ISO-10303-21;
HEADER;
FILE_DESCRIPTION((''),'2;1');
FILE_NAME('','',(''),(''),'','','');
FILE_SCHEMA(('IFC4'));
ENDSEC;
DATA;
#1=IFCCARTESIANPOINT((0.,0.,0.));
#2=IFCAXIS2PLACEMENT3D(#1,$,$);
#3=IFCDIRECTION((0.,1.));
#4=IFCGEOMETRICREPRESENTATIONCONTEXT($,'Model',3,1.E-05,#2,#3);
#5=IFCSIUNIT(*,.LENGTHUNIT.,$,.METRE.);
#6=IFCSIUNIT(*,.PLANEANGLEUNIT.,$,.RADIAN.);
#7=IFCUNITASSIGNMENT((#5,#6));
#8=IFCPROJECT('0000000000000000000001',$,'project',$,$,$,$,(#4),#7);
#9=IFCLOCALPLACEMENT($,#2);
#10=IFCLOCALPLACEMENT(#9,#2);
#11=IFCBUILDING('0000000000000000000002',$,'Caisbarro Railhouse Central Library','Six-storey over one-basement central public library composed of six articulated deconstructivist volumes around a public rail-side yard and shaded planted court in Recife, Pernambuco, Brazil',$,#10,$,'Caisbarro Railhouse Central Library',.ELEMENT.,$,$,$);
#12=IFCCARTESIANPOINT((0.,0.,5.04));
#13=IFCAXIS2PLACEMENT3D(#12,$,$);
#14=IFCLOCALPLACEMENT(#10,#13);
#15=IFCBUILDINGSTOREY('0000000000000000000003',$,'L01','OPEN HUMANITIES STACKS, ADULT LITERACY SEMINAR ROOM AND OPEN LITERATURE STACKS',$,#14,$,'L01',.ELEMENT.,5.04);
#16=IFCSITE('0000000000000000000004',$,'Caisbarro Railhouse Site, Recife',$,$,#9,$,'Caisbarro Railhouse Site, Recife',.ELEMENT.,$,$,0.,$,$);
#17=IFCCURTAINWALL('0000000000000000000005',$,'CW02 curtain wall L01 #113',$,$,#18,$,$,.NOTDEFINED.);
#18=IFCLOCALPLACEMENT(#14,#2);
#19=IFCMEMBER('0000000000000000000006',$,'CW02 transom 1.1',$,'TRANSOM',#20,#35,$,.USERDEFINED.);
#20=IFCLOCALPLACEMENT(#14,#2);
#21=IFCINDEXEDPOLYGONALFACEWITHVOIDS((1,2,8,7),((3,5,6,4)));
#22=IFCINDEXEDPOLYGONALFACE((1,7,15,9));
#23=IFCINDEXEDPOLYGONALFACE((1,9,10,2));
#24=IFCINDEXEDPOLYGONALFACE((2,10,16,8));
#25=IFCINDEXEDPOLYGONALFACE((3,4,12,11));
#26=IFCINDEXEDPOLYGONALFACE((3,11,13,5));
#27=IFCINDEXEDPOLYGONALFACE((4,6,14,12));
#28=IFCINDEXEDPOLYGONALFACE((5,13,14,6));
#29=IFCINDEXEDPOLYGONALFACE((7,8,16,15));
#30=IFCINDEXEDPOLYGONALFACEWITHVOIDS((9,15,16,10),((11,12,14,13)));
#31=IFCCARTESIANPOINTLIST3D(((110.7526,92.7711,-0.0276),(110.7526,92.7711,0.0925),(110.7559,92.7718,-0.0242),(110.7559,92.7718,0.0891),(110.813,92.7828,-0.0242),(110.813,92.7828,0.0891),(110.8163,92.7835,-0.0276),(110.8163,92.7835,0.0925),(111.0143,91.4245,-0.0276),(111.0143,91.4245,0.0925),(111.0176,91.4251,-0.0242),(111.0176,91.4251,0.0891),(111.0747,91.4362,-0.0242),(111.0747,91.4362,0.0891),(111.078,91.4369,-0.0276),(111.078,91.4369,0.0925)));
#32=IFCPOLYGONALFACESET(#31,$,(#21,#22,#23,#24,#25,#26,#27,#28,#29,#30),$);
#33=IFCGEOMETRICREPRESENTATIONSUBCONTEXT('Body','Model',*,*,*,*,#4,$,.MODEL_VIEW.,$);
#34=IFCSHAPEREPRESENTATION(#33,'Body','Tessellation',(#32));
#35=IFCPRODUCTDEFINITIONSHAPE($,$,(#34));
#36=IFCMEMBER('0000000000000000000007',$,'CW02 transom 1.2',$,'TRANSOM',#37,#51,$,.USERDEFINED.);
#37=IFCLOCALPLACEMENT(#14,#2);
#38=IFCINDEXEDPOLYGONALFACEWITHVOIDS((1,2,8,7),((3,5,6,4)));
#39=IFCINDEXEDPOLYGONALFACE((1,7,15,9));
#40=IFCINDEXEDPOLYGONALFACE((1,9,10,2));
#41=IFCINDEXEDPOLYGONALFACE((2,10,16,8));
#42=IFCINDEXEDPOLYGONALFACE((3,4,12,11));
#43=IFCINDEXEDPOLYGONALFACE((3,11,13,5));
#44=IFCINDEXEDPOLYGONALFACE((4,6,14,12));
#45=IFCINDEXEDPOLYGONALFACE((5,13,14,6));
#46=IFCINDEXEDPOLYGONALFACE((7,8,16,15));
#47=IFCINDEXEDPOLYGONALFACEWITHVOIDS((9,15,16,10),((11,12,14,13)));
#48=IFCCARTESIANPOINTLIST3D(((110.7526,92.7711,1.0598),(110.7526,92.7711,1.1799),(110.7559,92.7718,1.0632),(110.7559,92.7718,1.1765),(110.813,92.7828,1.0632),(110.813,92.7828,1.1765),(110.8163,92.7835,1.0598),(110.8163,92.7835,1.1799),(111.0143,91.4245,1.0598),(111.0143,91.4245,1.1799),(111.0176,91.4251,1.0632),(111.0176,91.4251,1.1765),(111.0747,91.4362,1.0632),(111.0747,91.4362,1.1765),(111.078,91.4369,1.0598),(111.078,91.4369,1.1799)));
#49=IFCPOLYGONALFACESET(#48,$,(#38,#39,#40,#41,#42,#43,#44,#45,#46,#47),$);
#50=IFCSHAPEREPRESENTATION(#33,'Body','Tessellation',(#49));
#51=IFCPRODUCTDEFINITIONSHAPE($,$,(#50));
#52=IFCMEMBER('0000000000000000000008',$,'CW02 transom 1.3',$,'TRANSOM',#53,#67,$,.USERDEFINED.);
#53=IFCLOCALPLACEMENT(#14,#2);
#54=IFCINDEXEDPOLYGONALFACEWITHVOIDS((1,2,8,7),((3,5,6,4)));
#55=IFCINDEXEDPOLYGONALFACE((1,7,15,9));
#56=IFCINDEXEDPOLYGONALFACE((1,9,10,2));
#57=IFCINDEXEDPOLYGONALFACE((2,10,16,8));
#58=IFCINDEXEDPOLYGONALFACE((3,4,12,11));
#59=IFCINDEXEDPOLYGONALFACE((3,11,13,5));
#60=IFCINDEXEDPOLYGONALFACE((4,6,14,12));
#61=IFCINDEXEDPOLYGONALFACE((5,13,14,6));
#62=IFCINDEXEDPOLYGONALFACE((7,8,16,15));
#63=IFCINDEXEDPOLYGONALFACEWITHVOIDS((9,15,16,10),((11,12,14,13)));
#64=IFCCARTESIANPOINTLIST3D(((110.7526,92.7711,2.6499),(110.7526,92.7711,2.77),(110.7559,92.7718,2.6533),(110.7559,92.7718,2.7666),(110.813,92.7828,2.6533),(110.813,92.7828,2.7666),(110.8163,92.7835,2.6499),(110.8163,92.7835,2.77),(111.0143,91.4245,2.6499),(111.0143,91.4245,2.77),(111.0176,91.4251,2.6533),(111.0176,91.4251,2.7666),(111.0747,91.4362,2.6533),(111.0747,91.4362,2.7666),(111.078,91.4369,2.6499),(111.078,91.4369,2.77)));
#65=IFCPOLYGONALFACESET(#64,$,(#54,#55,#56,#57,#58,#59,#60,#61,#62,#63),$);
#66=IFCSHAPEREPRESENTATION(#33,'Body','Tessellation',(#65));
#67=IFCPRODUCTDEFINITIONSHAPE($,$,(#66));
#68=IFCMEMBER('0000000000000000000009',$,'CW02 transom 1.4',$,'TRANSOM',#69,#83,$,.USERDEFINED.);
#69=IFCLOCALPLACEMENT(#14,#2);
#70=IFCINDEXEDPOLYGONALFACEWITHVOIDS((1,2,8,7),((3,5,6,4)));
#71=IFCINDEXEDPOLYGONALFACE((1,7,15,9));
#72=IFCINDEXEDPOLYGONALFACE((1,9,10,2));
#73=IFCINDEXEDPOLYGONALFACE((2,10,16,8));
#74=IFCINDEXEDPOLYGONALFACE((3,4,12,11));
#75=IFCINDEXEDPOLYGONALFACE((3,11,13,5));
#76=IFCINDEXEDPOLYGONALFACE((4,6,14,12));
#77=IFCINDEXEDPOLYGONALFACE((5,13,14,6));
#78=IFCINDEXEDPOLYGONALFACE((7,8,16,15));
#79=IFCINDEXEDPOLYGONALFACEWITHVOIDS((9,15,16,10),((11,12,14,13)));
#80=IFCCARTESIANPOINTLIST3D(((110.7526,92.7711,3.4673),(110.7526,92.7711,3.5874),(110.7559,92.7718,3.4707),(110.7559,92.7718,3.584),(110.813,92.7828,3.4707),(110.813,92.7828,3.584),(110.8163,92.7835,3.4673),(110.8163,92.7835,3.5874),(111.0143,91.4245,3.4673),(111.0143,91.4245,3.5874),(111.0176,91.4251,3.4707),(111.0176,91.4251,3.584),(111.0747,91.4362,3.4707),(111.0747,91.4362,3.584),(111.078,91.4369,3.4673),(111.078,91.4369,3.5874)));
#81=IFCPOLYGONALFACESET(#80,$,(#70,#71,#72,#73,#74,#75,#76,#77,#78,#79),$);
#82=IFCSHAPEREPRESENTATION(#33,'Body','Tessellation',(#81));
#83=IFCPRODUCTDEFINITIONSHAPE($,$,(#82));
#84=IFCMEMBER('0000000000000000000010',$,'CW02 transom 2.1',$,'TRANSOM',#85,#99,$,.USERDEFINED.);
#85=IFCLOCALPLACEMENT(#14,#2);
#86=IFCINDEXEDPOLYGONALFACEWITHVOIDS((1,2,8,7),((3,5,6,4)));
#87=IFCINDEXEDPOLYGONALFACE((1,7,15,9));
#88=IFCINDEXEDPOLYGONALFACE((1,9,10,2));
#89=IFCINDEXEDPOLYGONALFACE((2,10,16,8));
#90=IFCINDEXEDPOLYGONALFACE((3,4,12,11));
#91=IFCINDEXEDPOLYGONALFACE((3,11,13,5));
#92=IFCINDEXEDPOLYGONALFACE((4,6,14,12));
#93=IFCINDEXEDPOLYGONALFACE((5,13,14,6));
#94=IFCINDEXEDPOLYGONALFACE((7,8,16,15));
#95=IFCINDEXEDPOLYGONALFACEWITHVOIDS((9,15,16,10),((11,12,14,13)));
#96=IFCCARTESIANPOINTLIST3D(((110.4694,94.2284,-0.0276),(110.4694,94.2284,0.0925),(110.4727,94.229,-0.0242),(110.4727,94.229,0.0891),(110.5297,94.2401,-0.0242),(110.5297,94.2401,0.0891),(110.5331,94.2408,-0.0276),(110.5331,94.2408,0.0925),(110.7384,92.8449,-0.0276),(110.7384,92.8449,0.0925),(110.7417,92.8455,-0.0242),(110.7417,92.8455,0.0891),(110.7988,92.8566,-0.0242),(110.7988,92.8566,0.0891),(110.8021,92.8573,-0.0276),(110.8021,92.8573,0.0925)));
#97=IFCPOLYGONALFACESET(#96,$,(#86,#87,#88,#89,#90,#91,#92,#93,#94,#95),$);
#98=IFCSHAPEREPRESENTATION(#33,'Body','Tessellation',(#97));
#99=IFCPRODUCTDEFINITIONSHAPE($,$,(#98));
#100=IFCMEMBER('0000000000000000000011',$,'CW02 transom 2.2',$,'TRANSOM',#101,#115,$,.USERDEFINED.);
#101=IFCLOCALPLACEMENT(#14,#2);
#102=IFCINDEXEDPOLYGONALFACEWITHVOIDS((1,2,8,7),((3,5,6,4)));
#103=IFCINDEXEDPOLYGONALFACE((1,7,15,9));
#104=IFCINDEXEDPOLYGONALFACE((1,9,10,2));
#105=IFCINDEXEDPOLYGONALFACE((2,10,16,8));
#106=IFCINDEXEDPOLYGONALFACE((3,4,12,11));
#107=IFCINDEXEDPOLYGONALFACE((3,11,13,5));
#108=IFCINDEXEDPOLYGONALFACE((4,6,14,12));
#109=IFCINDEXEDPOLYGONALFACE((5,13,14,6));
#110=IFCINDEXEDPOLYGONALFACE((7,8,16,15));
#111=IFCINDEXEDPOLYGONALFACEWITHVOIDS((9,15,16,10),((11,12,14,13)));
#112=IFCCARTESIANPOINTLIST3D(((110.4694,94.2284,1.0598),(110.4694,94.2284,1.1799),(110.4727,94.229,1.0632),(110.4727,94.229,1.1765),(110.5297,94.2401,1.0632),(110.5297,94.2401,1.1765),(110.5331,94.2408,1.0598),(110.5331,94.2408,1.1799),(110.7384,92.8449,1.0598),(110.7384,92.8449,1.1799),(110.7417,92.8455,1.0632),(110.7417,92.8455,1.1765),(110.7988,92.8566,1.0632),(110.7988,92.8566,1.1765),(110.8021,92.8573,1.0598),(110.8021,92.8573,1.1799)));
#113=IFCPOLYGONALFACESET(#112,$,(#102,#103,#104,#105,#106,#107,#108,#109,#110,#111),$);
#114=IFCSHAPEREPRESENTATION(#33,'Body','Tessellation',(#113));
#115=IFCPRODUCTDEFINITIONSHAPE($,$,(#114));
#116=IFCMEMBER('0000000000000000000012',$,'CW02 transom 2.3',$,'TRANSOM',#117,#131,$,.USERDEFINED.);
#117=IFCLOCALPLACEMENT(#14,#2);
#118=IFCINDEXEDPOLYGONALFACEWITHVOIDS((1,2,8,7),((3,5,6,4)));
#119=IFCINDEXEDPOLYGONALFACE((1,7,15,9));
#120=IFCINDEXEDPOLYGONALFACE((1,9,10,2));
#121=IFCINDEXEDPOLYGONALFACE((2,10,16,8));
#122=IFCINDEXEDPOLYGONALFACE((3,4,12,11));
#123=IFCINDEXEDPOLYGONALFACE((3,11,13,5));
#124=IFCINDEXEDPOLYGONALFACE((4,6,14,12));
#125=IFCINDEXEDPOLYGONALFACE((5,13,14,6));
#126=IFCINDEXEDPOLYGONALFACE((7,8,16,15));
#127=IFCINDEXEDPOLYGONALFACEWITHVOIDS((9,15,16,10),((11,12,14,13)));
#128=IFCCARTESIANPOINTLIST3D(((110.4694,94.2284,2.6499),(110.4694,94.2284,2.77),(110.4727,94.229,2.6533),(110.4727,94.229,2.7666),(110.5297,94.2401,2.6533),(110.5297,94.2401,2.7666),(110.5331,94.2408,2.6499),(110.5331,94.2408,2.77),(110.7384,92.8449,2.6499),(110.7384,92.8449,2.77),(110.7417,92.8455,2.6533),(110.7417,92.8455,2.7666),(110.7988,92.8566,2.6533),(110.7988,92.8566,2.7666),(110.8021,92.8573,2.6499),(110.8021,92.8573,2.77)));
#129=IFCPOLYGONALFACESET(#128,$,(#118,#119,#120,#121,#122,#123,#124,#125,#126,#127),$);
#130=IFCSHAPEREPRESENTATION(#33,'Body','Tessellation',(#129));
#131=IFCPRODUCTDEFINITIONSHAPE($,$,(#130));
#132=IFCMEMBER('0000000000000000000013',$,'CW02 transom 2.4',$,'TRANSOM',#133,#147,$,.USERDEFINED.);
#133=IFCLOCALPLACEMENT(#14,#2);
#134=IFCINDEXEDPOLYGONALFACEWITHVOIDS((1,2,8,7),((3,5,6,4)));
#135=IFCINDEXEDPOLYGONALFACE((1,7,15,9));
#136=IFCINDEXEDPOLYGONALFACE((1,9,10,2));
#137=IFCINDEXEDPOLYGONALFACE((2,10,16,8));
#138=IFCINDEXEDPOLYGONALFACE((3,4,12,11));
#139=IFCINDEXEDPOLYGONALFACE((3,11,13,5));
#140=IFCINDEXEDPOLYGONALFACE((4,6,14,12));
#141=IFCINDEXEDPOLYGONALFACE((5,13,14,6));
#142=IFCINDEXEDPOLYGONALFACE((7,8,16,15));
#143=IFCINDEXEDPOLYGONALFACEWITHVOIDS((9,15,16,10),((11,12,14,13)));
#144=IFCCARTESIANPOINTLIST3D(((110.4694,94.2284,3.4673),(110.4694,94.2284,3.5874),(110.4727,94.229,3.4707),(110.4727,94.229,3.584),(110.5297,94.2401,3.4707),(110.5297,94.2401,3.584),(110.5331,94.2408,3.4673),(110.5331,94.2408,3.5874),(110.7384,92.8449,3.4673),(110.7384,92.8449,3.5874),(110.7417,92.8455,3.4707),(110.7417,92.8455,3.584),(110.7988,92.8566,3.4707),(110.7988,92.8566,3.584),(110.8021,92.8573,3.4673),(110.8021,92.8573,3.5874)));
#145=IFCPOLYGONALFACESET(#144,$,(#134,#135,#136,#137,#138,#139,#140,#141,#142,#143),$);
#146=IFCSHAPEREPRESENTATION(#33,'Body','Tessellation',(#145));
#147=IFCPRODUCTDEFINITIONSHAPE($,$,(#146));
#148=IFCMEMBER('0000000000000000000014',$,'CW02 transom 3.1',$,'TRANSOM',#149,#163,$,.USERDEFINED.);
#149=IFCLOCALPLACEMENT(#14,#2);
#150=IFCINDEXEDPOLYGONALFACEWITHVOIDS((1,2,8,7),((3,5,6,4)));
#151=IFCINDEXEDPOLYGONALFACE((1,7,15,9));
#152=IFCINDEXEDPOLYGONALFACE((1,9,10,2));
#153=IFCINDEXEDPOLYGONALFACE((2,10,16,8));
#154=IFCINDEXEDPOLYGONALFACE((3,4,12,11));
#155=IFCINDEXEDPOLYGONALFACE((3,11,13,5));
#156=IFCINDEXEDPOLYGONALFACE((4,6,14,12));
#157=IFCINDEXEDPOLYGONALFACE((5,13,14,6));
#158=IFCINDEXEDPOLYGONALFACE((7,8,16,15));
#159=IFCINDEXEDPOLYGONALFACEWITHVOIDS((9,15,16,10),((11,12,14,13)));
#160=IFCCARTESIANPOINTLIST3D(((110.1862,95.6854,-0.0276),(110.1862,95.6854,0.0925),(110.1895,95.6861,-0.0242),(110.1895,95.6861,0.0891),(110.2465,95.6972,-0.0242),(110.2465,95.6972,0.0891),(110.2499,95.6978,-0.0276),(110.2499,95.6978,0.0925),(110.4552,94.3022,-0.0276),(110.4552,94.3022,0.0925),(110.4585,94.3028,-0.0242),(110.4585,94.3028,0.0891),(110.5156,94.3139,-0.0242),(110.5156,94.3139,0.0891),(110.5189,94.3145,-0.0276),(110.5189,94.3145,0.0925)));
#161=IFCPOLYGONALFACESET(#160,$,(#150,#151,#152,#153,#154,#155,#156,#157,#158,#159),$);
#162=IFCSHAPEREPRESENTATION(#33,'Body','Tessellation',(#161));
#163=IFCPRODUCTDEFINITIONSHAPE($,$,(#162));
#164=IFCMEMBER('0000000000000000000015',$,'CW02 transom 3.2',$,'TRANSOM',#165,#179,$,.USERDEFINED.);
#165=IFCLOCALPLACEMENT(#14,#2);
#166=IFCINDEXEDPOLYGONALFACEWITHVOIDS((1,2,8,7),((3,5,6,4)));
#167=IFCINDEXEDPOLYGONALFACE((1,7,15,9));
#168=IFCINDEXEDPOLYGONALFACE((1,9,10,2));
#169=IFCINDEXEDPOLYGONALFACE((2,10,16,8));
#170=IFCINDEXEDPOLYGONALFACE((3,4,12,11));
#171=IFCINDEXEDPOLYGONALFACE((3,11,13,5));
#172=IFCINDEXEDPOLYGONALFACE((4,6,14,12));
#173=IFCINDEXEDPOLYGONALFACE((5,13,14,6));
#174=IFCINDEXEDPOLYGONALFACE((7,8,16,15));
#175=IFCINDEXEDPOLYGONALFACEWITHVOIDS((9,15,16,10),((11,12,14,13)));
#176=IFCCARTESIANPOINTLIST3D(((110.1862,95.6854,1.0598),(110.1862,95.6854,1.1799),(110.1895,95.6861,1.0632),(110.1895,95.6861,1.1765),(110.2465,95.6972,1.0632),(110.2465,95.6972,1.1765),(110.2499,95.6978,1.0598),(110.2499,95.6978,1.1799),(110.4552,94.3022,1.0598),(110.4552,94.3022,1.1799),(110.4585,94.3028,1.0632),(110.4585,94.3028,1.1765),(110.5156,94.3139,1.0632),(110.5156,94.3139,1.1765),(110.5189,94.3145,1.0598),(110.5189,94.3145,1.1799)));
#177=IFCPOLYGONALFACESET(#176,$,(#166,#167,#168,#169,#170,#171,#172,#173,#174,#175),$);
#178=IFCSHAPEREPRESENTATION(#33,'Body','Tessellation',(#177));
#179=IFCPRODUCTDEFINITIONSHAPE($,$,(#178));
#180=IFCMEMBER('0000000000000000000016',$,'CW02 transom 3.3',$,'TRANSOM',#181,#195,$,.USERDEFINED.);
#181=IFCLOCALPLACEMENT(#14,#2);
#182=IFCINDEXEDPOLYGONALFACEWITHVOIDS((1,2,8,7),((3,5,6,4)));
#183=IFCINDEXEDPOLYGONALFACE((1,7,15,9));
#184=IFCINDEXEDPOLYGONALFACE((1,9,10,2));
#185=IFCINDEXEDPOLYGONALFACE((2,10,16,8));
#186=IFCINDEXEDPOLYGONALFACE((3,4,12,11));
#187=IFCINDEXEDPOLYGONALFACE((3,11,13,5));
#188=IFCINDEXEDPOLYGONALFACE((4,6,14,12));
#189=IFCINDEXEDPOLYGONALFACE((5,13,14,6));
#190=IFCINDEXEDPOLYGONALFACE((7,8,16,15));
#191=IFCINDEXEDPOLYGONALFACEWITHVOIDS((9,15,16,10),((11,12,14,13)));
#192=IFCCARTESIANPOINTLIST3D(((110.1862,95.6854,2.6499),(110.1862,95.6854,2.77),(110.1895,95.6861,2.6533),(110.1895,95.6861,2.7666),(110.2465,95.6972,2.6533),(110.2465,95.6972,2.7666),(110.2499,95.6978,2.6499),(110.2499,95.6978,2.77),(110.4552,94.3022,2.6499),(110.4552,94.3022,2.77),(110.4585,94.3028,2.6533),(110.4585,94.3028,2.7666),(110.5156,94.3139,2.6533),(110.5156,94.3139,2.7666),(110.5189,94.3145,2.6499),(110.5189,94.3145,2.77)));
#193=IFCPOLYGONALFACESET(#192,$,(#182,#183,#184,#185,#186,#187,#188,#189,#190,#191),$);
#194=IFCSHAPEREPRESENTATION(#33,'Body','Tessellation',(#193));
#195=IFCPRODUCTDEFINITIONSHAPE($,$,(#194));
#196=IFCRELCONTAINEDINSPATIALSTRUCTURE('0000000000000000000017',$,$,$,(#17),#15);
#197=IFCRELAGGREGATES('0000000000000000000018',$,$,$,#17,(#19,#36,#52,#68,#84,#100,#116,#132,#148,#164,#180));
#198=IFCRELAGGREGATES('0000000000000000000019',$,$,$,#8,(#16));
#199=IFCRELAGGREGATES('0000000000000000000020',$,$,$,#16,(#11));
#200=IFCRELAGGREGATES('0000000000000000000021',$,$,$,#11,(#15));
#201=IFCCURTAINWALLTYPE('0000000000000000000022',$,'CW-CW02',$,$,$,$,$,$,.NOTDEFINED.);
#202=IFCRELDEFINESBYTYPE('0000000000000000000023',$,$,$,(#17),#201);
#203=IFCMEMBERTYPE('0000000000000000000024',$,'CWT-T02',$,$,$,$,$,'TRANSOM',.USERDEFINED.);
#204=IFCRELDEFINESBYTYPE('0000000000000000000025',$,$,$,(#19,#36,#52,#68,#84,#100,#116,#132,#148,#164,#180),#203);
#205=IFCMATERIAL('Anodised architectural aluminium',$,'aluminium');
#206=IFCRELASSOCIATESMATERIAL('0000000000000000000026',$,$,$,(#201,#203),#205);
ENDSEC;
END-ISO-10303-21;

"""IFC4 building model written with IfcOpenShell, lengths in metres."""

from ifc_helpers import new_model, si_unit, direction, frame, origin, origin_2d, place, context, subcontext, project, spatial, hollow_rectangle, extrude, material, material_profile, profile_set, type_object, element, aggregate, save


model = new_model("IFC4")

# Units and contexts
model_context = context("Model", 3, precision=1e-05, world=origin(), true_north=direction((0.0, 1.0)))
body_context = subcontext(model_context, "Body", "Model", "MODEL_VIEW")
ifc_project = project(units=[si_unit("LENGTHUNIT", "METRE"), si_unit("PLANEANGLEUNIT", "RADIAN")], contexts=[model_context])

# Site, building, storey
site_placement = place(None, origin())
site = spatial("IfcSite", under=ifc_project, at=site_placement, Name="Caisbarro Railhouse Site, Recife", LongName="Caisbarro Railhouse Site, Recife", CompositionType="ELEMENT", RefElevation=0.0)
building_placement = place(site_placement, origin())
building = spatial("IfcBuilding", under=site, at=building_placement, Name="Caisbarro Railhouse Central Library", Description="Six-storey over one-basement central public library composed of six articulated deconstructivist volumes around a public rail-side yard and shaded planted court in Recife, Pernambuco, Brazil", LongName="Caisbarro Railhouse Central Library", CompositionType="ELEMENT")
storey_placement = place(building_placement, frame((0.0, 0.0, 5.04)))
storey = spatial("IfcBuildingStorey", under=building, at=storey_placement, Name="L01", Description="OPEN HUMANITIES STACKS, ADULT LITERACY SEMINAR ROOM AND OPEN LITERATURE STACKS", LongName="L01", CompositionType="ELEMENT", Elevation=5.04)

# Curtain wall, members
ifc_material_1 = material(Name="Anodised architectural aluminium", Category="aluminium")
curtain_wall_type = type_object("IfcCurtainWallType", Name="CW-CW02", PredefinedType="NOTDEFINED", material=ifc_material_1)
curtain_wall_placement = place(storey_placement, origin())
curtain_wall = element("IfcCurtainWall", 1, at=curtain_wall_placement, inside=storey, type_object=curtain_wall_type, Name="CW02 curtain wall L01 #113", PredefinedType="NOTDEFINED")
ifc_material_profile_1 = material_profile(ifc_material_1, hollow_rectangle(XDim=0.0649, YDim=0.1201, WallThickness=0.0034, at=origin_2d()), Name="ALU-TRN-65X120")
ifc_profile_set_1 = profile_set([ifc_material_profile_1], Name="Anodised architectural aluminium")
member_type_1 = type_object("IfcMemberType", Name="CWT-T02", ElementType="TRANSOM", PredefinedType="USERDEFINED", material=ifc_profile_set_1)
member_1_placement = place(storey_placement, frame((111.0461, 91.4307, 0.0325), z_axis=(-0.190774, 0.981634, 0.0), x_axis=(-0.981634, -0.190774, 0.0)))
member_1 = element("IfcMember", 2, at=member_1_placement, type_object=member_type_1, Name="CW02 transom 1.1", ObjectType="TRANSOM", PredefinedType="USERDEFINED", context=body_context, shape_type="SweptSolid", body=[
    extrude(hollow_rectangle(XDim=0.0649, YDim=0.1201, WallThickness=0.0034, at=origin_2d()), origin(), (0.0, 0.0, 1.0), 1.3718),
])
member_2_placement = place(storey_placement, frame((111.0461, 91.4307, 1.1199), z_axis=(-0.190774, 0.981634, 0.0), x_axis=(-0.981634, -0.190774, 0.0)))
member_2 = element("IfcMember", 3, at=member_2_placement, type_object=member_type_1, Name="CW02 transom 1.2", ObjectType="TRANSOM", PredefinedType="USERDEFINED", context=body_context, shape_type="SweptSolid", body=[
    extrude(hollow_rectangle(XDim=0.0649, YDim=0.1201, WallThickness=0.0034, at=origin_2d()), origin(), (0.0, 0.0, 1.0), 1.3718),
])
member_3_placement = place(storey_placement, frame((111.0461, 91.4307, 2.71), z_axis=(-0.190774, 0.981634, 0.0), x_axis=(-0.981634, -0.190774, 0.0)))
member_3 = element("IfcMember", 4, at=member_3_placement, type_object=member_type_1, Name="CW02 transom 1.3", ObjectType="TRANSOM", PredefinedType="USERDEFINED", context=body_context, shape_type="SweptSolid", body=[
    extrude(hollow_rectangle(XDim=0.0649, YDim=0.1201, WallThickness=0.0034, at=origin_2d()), origin(), (0.0, 0.0, 1.0), 1.3718),
])
member_4_placement = place(storey_placement, frame((111.0461, 91.4307, 3.5273), z_axis=(-0.190774, 0.981634, 0.0), x_axis=(-0.981634, -0.190774, 0.0)))
member_4 = element("IfcMember", 5, at=member_4_placement, type_object=member_type_1, Name="CW02 transom 1.4", ObjectType="TRANSOM", PredefinedType="USERDEFINED", context=body_context, shape_type="SweptSolid", body=[
    extrude(hollow_rectangle(XDim=0.0649, YDim=0.1201, WallThickness=0.0034, at=origin_2d()), origin(), (0.0, 0.0, 1.0), 1.3718),
])
member_5_placement = place(storey_placement, frame((110.7703, 92.8511, 0.0325), z_axis=(-0.190884, 0.981613, 0.0), x_axis=(-0.981613, -0.190884, 0.0)))
member_5 = element("IfcMember", 6, at=member_5_placement, type_object=member_type_1, Name="CW02 transom 2.1", ObjectType="TRANSOM", PredefinedType="USERDEFINED", context=body_context, shape_type="SweptSolid", body=[
    extrude(hollow_rectangle(XDim=0.0649, YDim=0.1201, WallThickness=0.0034, at=origin_2d()), origin(), (0.0, 0.0, 1.0), 1.4094),
])
member_6_placement = place(storey_placement, frame((110.7703, 92.8511, 1.1199), z_axis=(-0.190884, 0.981613, 0.0), x_axis=(-0.981613, -0.190884, 0.0)))
member_6 = element("IfcMember", 7, at=member_6_placement, type_object=member_type_1, Name="CW02 transom 2.2", ObjectType="TRANSOM", PredefinedType="USERDEFINED", context=body_context, shape_type="SweptSolid", body=[
    extrude(hollow_rectangle(XDim=0.0649, YDim=0.1201, WallThickness=0.0034, at=origin_2d()), origin(), (0.0, 0.0, 1.0), 1.4094),
])
member_7_placement = place(storey_placement, frame((110.7703, 92.8511, 2.71), z_axis=(-0.190884, 0.981613, 0.0), x_axis=(-0.981613, -0.190884, 0.0)))
member_7 = element("IfcMember", 8, at=member_7_placement, type_object=member_type_1, Name="CW02 transom 2.3", ObjectType="TRANSOM", PredefinedType="USERDEFINED", context=body_context, shape_type="SweptSolid", body=[
    extrude(hollow_rectangle(XDim=0.0649, YDim=0.1201, WallThickness=0.0034, at=origin_2d()), origin(), (0.0, 0.0, 1.0), 1.4094),
])
member_8_placement = place(storey_placement, frame((110.7703, 92.8511, 3.5273), z_axis=(-0.190884, 0.981613, 0.0), x_axis=(-0.981613, -0.190884, 0.0)))
member_8 = element("IfcMember", 9, at=member_8_placement, type_object=member_type_1, Name="CW02 transom 2.4", ObjectType="TRANSOM", PredefinedType="USERDEFINED", context=body_context, shape_type="SweptSolid", body=[
    extrude(hollow_rectangle(XDim=0.0649, YDim=0.1201, WallThickness=0.0034, at=origin_2d()), origin(), (0.0, 0.0, 1.0), 1.4094),
])
member_9_placement = place(storey_placement, frame((110.4871, 94.3083, 0.0325), z_axis=(-0.190916, 0.981606, 0.0), x_axis=(-0.981606, -0.190916, 0.0)))
member_9 = element("IfcMember", 10, at=member_9_placement, type_object=member_type_1, Name="CW02 transom 3.1", ObjectType="TRANSOM", PredefinedType="USERDEFINED", context=body_context, shape_type="SweptSolid", body=[
    extrude(hollow_rectangle(XDim=0.0649, YDim=0.1201, WallThickness=0.0034, at=origin_2d()), origin(), (0.0, 0.0, 1.0), 1.4092),
])
member_10_placement = place(storey_placement, frame((110.4871, 94.3083, 1.1199), z_axis=(-0.190916, 0.981606, 0.0), x_axis=(-0.981606, -0.190916, 0.0)))
member_10 = element("IfcMember", 11, at=member_10_placement, type_object=member_type_1, Name="CW02 transom 3.2", ObjectType="TRANSOM", PredefinedType="USERDEFINED", context=body_context, shape_type="SweptSolid", body=[
    extrude(hollow_rectangle(XDim=0.0649, YDim=0.1201, WallThickness=0.0034, at=origin_2d()), origin(), (0.0, 0.0, 1.0), 1.4092),
])
member_11_placement = place(storey_placement, frame((110.4871, 94.3083, 2.71), z_axis=(-0.190916, 0.981606, 0.0), x_axis=(-0.981606, -0.190916, 0.0)))
member_11 = element("IfcMember", 12, at=member_11_placement, type_object=member_type_1, Name="CW02 transom 3.3", ObjectType="TRANSOM", PredefinedType="USERDEFINED", context=body_context, shape_type="SweptSolid", body=[
    extrude(hollow_rectangle(XDim=0.0649, YDim=0.1201, WallThickness=0.0034, at=origin_2d()), origin(), (0.0, 0.0, 1.0), 1.4092),
])
aggregate(curtain_wall, [member_1, member_2, member_3, member_4, member_5, member_6, member_7, member_8, member_9, member_10, member_11])

save(model, "model.ifc")
